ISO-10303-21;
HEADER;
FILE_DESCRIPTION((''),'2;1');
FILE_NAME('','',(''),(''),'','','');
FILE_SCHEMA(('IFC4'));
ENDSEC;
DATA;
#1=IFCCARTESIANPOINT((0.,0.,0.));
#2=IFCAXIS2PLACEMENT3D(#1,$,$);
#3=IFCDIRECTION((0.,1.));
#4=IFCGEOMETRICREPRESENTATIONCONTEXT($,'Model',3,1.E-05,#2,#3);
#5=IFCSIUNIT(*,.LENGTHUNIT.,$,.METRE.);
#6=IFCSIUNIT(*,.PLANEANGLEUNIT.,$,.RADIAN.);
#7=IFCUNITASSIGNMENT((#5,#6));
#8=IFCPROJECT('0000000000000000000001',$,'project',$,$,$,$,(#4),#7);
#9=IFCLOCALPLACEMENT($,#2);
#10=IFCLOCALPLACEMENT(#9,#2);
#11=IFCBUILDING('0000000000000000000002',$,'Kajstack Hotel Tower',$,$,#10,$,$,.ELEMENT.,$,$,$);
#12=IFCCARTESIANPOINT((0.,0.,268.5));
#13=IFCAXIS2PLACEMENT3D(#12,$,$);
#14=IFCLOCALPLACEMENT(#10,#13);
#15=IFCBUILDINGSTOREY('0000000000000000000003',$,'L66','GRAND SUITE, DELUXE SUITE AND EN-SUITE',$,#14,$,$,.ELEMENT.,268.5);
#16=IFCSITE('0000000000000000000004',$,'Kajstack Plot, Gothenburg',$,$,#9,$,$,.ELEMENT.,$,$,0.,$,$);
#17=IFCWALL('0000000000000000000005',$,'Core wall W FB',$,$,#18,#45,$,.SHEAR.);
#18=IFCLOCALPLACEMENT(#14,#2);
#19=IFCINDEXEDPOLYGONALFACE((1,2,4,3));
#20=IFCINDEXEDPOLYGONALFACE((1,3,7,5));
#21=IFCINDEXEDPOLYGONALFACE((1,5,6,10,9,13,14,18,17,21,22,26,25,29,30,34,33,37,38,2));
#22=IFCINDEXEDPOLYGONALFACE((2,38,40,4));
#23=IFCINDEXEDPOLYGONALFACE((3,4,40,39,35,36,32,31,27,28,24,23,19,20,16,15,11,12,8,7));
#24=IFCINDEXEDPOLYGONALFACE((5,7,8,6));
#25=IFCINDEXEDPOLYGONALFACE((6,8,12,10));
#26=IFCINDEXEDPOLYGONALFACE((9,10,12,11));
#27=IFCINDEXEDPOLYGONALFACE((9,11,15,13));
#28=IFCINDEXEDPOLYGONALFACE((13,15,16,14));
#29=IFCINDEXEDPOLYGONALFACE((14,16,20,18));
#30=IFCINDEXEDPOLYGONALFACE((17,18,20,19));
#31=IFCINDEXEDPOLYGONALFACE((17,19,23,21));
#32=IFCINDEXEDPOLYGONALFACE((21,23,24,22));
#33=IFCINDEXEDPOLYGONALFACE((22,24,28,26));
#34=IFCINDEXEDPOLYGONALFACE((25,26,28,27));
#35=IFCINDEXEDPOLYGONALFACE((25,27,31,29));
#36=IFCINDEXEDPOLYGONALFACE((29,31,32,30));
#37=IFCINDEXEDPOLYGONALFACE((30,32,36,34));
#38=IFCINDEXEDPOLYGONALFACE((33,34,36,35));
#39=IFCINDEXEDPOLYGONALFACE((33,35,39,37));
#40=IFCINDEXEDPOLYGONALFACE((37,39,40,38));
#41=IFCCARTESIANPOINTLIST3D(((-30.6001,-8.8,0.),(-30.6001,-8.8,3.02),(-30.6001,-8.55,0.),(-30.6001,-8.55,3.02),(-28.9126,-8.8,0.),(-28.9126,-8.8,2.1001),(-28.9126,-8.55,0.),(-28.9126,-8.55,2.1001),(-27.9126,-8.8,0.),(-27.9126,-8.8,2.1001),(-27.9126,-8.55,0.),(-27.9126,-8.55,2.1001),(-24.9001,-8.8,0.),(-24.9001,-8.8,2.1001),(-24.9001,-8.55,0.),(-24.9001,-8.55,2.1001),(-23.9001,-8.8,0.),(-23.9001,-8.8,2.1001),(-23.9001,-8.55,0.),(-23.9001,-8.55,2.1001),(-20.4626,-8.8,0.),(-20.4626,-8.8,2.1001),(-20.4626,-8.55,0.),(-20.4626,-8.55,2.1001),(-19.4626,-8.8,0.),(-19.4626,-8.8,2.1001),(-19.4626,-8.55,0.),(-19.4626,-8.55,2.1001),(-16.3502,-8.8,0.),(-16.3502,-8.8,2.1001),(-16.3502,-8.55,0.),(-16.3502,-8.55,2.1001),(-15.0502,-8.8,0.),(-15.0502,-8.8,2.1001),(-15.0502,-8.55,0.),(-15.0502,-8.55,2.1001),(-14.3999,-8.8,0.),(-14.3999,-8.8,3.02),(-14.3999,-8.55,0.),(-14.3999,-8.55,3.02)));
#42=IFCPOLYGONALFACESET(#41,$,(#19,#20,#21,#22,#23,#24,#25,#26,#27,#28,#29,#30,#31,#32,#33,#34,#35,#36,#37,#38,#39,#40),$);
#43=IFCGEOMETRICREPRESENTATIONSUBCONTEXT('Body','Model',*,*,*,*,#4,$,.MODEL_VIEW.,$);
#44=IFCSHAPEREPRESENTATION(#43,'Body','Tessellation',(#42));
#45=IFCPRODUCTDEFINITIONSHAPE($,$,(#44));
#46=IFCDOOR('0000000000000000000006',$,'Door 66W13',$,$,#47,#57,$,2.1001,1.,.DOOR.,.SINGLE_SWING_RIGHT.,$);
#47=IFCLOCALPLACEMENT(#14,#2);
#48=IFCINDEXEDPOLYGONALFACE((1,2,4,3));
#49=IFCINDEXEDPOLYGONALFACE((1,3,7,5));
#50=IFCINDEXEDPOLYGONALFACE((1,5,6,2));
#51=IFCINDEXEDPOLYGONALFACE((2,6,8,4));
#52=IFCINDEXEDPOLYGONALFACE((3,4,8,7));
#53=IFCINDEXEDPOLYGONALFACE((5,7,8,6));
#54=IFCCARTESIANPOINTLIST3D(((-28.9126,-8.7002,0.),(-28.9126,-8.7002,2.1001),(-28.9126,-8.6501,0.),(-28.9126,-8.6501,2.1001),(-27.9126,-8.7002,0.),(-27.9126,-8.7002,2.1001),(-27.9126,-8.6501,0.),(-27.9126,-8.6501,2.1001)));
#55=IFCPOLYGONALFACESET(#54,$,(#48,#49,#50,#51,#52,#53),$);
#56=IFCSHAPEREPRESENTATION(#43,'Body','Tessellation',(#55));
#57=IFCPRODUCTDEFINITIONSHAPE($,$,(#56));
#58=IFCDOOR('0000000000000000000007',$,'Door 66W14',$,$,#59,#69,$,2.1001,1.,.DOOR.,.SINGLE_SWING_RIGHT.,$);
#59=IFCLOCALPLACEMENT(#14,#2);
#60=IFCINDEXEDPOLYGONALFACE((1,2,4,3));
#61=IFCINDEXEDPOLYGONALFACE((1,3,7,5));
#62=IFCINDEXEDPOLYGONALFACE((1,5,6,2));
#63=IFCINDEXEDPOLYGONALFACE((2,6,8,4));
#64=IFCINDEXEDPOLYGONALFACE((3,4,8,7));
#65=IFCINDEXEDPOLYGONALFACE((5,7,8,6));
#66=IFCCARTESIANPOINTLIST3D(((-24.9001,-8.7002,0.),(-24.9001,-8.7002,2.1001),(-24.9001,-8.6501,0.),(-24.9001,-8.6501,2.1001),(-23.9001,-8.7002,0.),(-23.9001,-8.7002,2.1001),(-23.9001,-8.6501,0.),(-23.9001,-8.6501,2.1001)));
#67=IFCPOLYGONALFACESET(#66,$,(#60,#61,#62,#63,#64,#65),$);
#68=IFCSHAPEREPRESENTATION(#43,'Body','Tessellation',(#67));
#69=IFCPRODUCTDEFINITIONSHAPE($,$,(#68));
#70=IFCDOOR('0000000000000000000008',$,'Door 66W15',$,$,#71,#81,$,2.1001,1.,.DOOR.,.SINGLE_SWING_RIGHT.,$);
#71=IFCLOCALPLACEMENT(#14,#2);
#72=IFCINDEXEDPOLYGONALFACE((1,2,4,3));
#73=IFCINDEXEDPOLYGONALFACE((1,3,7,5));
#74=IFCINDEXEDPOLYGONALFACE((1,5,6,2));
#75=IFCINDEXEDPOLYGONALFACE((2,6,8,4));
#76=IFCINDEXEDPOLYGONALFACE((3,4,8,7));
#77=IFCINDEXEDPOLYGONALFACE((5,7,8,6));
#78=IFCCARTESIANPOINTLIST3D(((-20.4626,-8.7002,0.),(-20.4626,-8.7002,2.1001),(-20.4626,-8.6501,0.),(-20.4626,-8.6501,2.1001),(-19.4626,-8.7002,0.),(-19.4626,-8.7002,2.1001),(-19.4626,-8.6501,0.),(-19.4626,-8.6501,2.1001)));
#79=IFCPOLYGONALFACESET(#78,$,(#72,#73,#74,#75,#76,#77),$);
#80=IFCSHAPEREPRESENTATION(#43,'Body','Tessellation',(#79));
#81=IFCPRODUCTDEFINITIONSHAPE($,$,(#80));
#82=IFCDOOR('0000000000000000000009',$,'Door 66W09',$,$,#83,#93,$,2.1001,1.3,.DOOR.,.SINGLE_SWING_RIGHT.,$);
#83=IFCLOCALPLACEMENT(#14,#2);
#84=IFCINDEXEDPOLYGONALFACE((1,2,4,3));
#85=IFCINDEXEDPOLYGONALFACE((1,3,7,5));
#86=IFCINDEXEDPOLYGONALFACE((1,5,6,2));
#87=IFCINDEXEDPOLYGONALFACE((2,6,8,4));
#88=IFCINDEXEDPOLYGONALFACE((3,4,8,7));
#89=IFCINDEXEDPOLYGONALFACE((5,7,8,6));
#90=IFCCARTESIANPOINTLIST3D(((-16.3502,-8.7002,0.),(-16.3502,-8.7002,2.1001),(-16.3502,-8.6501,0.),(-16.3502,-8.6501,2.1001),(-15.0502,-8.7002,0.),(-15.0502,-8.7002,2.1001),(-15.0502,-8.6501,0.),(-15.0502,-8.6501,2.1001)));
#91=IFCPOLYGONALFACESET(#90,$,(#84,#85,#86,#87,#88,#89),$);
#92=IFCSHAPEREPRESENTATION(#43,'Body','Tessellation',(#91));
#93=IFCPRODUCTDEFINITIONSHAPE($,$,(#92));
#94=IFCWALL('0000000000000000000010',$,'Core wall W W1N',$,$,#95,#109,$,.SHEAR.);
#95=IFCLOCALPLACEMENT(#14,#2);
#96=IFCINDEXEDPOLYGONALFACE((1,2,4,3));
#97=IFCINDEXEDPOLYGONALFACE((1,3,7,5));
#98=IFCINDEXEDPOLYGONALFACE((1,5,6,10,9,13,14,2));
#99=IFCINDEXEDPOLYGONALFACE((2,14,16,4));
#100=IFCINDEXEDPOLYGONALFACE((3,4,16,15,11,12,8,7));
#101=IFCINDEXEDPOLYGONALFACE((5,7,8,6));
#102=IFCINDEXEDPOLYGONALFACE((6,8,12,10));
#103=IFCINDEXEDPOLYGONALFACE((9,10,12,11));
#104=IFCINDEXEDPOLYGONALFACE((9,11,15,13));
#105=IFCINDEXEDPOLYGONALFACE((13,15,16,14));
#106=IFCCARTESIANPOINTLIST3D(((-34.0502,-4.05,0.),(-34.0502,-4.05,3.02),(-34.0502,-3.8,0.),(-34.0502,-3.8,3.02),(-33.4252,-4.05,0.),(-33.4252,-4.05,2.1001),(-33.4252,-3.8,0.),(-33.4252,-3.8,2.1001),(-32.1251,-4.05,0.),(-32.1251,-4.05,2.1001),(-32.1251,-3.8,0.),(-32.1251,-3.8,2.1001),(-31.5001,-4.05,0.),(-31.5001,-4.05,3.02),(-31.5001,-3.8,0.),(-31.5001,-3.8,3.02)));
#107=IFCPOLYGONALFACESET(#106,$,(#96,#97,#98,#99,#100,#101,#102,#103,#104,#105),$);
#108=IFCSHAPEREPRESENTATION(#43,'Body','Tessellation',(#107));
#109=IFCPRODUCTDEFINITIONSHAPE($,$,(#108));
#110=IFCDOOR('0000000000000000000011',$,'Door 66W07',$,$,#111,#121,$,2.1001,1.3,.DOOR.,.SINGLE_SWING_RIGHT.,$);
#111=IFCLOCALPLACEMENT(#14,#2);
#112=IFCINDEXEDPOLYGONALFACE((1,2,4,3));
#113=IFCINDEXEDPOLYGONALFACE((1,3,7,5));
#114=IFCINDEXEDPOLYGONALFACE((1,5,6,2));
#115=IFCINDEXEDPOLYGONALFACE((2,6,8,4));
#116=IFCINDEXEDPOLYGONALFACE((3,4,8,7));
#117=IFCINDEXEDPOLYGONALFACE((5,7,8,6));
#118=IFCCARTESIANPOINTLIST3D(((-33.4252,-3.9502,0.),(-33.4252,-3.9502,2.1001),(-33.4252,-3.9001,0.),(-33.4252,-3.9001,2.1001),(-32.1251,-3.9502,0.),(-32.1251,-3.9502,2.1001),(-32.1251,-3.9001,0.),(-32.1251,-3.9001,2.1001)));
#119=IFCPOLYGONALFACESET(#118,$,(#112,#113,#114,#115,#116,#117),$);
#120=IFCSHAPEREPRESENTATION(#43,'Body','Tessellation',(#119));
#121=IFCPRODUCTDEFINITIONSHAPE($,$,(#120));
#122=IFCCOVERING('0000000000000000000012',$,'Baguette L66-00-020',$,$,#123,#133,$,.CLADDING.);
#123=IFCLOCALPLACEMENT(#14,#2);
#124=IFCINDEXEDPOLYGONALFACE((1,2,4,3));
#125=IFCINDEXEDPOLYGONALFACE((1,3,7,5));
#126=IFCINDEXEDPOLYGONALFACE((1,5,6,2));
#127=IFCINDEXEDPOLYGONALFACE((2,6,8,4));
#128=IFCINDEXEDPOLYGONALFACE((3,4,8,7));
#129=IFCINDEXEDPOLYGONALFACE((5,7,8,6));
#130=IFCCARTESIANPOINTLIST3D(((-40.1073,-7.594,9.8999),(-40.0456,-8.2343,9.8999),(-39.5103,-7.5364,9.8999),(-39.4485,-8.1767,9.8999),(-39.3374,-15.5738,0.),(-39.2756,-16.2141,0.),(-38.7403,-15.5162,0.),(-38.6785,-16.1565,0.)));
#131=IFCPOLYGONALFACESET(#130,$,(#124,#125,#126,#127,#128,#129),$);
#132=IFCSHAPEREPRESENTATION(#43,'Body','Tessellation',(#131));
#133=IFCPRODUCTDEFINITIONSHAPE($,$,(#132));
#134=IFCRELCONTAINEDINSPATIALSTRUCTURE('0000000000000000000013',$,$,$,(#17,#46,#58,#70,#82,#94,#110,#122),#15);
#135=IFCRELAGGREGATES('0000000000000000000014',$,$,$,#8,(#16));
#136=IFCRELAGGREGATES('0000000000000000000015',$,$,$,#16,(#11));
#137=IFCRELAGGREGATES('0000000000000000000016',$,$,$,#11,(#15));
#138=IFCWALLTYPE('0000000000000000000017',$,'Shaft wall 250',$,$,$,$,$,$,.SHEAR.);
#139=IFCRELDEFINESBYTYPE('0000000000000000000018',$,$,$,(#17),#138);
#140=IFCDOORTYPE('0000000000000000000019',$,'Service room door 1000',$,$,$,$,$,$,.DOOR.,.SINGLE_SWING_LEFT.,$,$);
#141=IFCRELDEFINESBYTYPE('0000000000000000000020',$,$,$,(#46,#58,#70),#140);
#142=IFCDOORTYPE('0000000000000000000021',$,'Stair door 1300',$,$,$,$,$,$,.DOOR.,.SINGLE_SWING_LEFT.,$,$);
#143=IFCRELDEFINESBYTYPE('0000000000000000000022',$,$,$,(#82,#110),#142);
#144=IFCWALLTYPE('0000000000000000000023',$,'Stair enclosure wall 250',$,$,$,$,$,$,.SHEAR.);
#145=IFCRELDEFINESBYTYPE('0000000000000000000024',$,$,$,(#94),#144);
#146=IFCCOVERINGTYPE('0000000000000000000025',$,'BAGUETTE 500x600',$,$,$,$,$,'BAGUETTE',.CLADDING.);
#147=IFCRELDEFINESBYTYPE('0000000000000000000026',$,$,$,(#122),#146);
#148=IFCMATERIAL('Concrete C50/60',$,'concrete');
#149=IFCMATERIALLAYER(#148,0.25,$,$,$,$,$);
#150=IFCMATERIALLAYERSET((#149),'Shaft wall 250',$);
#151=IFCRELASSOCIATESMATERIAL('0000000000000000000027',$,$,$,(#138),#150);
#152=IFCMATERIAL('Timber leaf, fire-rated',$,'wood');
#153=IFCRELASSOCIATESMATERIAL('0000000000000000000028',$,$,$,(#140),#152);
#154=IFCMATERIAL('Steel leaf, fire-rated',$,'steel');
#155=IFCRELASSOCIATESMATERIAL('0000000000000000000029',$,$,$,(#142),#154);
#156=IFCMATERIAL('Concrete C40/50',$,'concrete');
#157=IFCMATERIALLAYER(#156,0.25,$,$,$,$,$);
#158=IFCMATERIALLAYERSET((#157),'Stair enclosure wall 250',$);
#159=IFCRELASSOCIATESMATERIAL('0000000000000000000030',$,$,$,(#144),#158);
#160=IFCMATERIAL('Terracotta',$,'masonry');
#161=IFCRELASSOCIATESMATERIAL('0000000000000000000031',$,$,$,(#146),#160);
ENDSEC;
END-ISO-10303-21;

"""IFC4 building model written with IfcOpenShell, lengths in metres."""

from ifc_helpers import new_model, si_unit, direction, frame, frame_2d, origin, origin_2d, place, context, subcontext, project, spatial, polyline, rectangle, outline, extrude, material, layer, layer_set, material_profile, profile_set, type_object, element, fill, save


model = new_model("IFC4")

# Units and contexts
model_context = context("Model", 3, precision=1e-05, world=origin(), true_north=direction((0.0, 1.0)))
body_context = subcontext(model_context, "Body", "Model", "MODEL_VIEW")
ifc_project = project(units=[si_unit("LENGTHUNIT", "METRE"), si_unit("PLANEANGLEUNIT", "RADIAN")], contexts=[model_context])

# Site, building, storey
site_placement = place(None, origin())
site = spatial("IfcSite", under=ifc_project, at=site_placement, Name="Kajstack Plot, Gothenburg", CompositionType="ELEMENT", RefElevation=0.0)
building_placement = place(site_placement, origin())
building = spatial("IfcBuilding", under=site, at=building_placement, Name="Kajstack Hotel Tower", CompositionType="ELEMENT")
storey_placement = place(building_placement, frame((0.0, 0.0, 268.5)))
storey = spatial("IfcBuildingStorey", under=building, at=storey_placement, Name="L66", Description="GRAND SUITE, DELUXE SUITE AND EN-SUITE", CompositionType="ELEMENT", Elevation=268.5)

# Wall, openings, doors
ifc_material_1 = material(Name="Concrete C50/60", Category="concrete")
ifc_layer_1 = layer(ifc_material_1, 0.25)
ifc_layer_set_1 = layer_set([ifc_layer_1], Name="Shaft wall 250")
wall_type_1 = type_object("IfcWallType", Name="Shaft wall 250", PredefinedType="SHEAR", material=ifc_layer_set_1)
wall_1_placement = place(storey_placement, frame((-30.6001, -8.675, 0.0), z_axis=(0.0, 0.0, 1.0), x_axis=(1.0, 0.0, 0.0)))
wall_1 = element("IfcWall", 1, at=wall_1_placement, inside=storey, type_object=wall_type_1, Name="Core wall W FB", PredefinedType="SHEAR", context=body_context, shape_type="SweptSolid", body=[
    extrude(rectangle(XDim=16.2002, YDim=0.25, at=frame_2d((8.1001, 0.0))), origin(), (0.0, 0.0, 1.0), 3.02),
])
opening_1_placement = place(wall_1_placement, frame((14.25, 0.0, 0.0)))
opening_1 = element("IfcOpeningElement", 2, at=opening_1_placement, cuts=wall_1, PredefinedType="OPENING", context=body_context, shape_type="SweptSolid", body=[
    extrude(rectangle(XDim=1.3, YDim=2.1001, at=frame_2d((0.6499, 1.05))), frame((0.0, 0.135, 0.0), z_axis=(0.0, -1.0, 0.0), x_axis=(1.0, 0.0, 0.0)), (0.0, 0.0, 1.0), 0.27),
])
opening_2_placement = place(wall_1_placement, frame((1.6875, 0.0, 0.0)))
opening_2 = element("IfcOpeningElement", 3, at=opening_2_placement, cuts=wall_1, PredefinedType="OPENING", context=body_context, shape_type="SweptSolid", body=[
    extrude(rectangle(XDim=1.0, YDim=2.1001, at=frame_2d((0.5, 1.05))), frame((0.0, 0.135, 0.0), z_axis=(0.0, -1.0, 0.0), x_axis=(1.0, 0.0, 0.0)), (0.0, 0.0, 1.0), 0.27),
])
opening_3_placement = place(wall_1_placement, frame((5.7, 0.0, 0.0)))
opening_3 = element("IfcOpeningElement", 4, at=opening_3_placement, cuts=wall_1, PredefinedType="OPENING", context=body_context, shape_type="SweptSolid", body=[
    extrude(rectangle(XDim=1.0, YDim=2.1001, at=frame_2d((0.5, 1.05))), frame((0.0, 0.135, 0.0), z_axis=(0.0, -1.0, 0.0), x_axis=(1.0, 0.0, 0.0)), (0.0, 0.0, 1.0), 0.27),
])
opening_4_placement = place(wall_1_placement, frame((10.1375, 0.0, 0.0)))
opening_4 = element("IfcOpeningElement", 5, at=opening_4_placement, cuts=wall_1, PredefinedType="OPENING", context=body_context, shape_type="SweptSolid", body=[
    extrude(rectangle(XDim=1.0, YDim=2.1001, at=frame_2d((0.5, 1.05))), frame((0.0, 0.135, 0.0), z_axis=(0.0, -1.0, 0.0), x_axis=(1.0, 0.0, 0.0)), (0.0, 0.0, 1.0), 0.27),
])
ifc_material_2 = material(Name="Timber leaf, fire-rated", Category="wood")
door_type_1 = type_object("IfcDoorType", Name="Service room door 1000", OperationType="SINGLE_SWING_LEFT", PredefinedType="DOOR", material=ifc_material_2)
door_1_placement = place(opening_2_placement, origin())
door_1 = element("IfcDoor", 6, at=door_1_placement, inside=storey, type_object=door_type_1, Name="Door 66W13", OperationType="SINGLE_SWING_RIGHT", OverallHeight=2.1001, OverallWidth=1.0, PredefinedType="DOOR", context=body_context, shape_type="SweptSolid", body=[
    extrude(rectangle(XDim=1.0, YDim=2.1001, at=frame_2d((0.5, 1.05))), frame((0.0, 0.0249, 0.0), z_axis=(0.0, -1.0, 0.0), x_axis=(1.0, 0.0, 0.0)), (0.0, 0.0, 1.0), 0.05),
])
fill(opening_2, door_1)
door_2_placement = place(opening_3_placement, origin())
door_2 = element("IfcDoor", 7, at=door_2_placement, inside=storey, type_object=door_type_1, Name="Door 66W14", OperationType="SINGLE_SWING_RIGHT", OverallHeight=2.1001, OverallWidth=1.0, PredefinedType="DOOR", context=body_context, shape_type="SweptSolid", body=[
    extrude(rectangle(XDim=1.0, YDim=2.1001, at=frame_2d((0.5, 1.05))), frame((0.0, 0.0249, 0.0), z_axis=(0.0, -1.0, 0.0), x_axis=(1.0, 0.0, 0.0)), (0.0, 0.0, 1.0), 0.05),
])
fill(opening_3, door_2)
door_3_placement = place(opening_4_placement, origin())
door_3 = element("IfcDoor", 8, at=door_3_placement, inside=storey, type_object=door_type_1, Name="Door 66W15", OperationType="SINGLE_SWING_RIGHT", OverallHeight=2.1001, OverallWidth=1.0, PredefinedType="DOOR", context=body_context, shape_type="SweptSolid", body=[
    extrude(rectangle(XDim=1.0, YDim=2.1001, at=frame_2d((0.5, 1.05))), frame((0.0, 0.0249, 0.0), z_axis=(0.0, -1.0, 0.0), x_axis=(1.0, 0.0, 0.0)), (0.0, 0.0, 1.0), 0.05),
])
fill(opening_4, door_3)
ifc_material_3 = material(Name="Steel leaf, fire-rated", Category="steel")
door_type_2 = type_object("IfcDoorType", Name="Stair door 1300", OperationType="SINGLE_SWING_LEFT", PredefinedType="DOOR", material=ifc_material_3)
door_4_placement = place(opening_1_placement, origin())
door_4 = element("IfcDoor", 9, at=door_4_placement, inside=storey, type_object=door_type_2, Name="Door 66W09", OperationType="SINGLE_SWING_RIGHT", OverallHeight=2.1001, OverallWidth=1.3, PredefinedType="DOOR", context=body_context, shape_type="SweptSolid", body=[
    extrude(rectangle(XDim=1.3, YDim=2.1001, at=frame_2d((0.6499, 1.05))), frame((0.0, 0.0249, 0.0), z_axis=(0.0, -1.0, 0.0), x_axis=(1.0, 0.0, 0.0)), (0.0, 0.0, 1.0), 0.05),
])
fill(opening_1, door_4)

# Wall, opening, door
ifc_material_4 = material(Name="Concrete C40/50", Category="concrete")
ifc_layer_2 = layer(ifc_material_4, 0.25)
ifc_layer_set_2 = layer_set([ifc_layer_2], Name="Stair enclosure wall 250")
wall_type_2 = type_object("IfcWallType", Name="Stair enclosure wall 250", PredefinedType="SHEAR", material=ifc_layer_set_2)
wall_2_placement = place(storey_placement, frame((-34.05, -3.925, 0.0), z_axis=(0.0, 0.0, 1.0), x_axis=(1.0, 0.0, 0.0)))
wall_2 = element("IfcWall", 10, at=wall_2_placement, inside=storey, type_object=wall_type_2, Name="Core wall W W1N", PredefinedType="SHEAR", context=body_context, shape_type="SweptSolid", body=[
    extrude(rectangle(XDim=2.55, YDim=0.25, at=frame_2d((1.2749, 0.0))), origin(), (0.0, 0.0, 1.0), 3.02),
])
opening_5_placement = place(wall_2_placement, frame((0.625, 0.0, 0.0)))
opening_5 = element("IfcOpeningElement", 11, at=opening_5_placement, cuts=wall_2, PredefinedType="OPENING", context=body_context, shape_type="SweptSolid", body=[
    extrude(rectangle(XDim=1.3, YDim=2.1001, at=frame_2d((0.6499, 1.05))), frame((0.0, 0.135, 0.0), z_axis=(0.0, -1.0, 0.0), x_axis=(1.0, 0.0, 0.0)), (0.0, 0.0, 1.0), 0.27),
])
door_5_placement = place(opening_5_placement, origin())
door_5 = element("IfcDoor", 12, at=door_5_placement, inside=storey, type_object=door_type_2, Name="Door 66W07", OperationType="SINGLE_SWING_RIGHT", OverallHeight=2.1001, OverallWidth=1.3, PredefinedType="DOOR", context=body_context, shape_type="SweptSolid", body=[
    extrude(rectangle(XDim=1.3, YDim=2.1001, at=frame_2d((0.6499, 1.05))), frame((0.0, 0.0249, 0.0), z_axis=(0.0, -1.0, 0.0), x_axis=(1.0, 0.0, 0.0)), (0.0, 0.0, 1.0), 0.05),
])
fill(opening_5, door_5)

# Covering
ifc_material_5 = material(Name="Terracotta", Category="masonry")
ifc_material_profile = material_profile(ifc_material_5, rectangle(XDim=0.6001, YDim=0.5, at=origin_2d()), Name="Terracotta-clad concrete baguette 500 x 600")
ifc_profile_set = profile_set([ifc_material_profile], Name="Terracotta")
covering_type = type_object("IfcCoveringType", Name="BAGUETTE 500x600", ElementType="BAGUETTE", PredefinedType="CLADDING", material=ifc_profile_set)
covering_placement = place(storey_placement, frame((-39.5103, -7.5364, 0.0), z_axis=(-0.995378, -0.096038, 0.0), x_axis=(0.096038, -0.995378, 0.0)))
element("IfcCovering", 13, at=covering_placement, inside=storey, type_object=covering_type, Name="Baguette L66-00-020", PredefinedType="CLADDING", context=body_context, shape_type="SweptSolid", body=[
    extrude(outline(polyline([(0.0, 9.8999), (8.0168, 0.0), (8.6602, 0.0), (0.6433, 9.8999), (0.0, 9.8999)])), origin(), (0.0, 0.0, 1.0), 0.5999),
])

save(model, "model.ifc")
